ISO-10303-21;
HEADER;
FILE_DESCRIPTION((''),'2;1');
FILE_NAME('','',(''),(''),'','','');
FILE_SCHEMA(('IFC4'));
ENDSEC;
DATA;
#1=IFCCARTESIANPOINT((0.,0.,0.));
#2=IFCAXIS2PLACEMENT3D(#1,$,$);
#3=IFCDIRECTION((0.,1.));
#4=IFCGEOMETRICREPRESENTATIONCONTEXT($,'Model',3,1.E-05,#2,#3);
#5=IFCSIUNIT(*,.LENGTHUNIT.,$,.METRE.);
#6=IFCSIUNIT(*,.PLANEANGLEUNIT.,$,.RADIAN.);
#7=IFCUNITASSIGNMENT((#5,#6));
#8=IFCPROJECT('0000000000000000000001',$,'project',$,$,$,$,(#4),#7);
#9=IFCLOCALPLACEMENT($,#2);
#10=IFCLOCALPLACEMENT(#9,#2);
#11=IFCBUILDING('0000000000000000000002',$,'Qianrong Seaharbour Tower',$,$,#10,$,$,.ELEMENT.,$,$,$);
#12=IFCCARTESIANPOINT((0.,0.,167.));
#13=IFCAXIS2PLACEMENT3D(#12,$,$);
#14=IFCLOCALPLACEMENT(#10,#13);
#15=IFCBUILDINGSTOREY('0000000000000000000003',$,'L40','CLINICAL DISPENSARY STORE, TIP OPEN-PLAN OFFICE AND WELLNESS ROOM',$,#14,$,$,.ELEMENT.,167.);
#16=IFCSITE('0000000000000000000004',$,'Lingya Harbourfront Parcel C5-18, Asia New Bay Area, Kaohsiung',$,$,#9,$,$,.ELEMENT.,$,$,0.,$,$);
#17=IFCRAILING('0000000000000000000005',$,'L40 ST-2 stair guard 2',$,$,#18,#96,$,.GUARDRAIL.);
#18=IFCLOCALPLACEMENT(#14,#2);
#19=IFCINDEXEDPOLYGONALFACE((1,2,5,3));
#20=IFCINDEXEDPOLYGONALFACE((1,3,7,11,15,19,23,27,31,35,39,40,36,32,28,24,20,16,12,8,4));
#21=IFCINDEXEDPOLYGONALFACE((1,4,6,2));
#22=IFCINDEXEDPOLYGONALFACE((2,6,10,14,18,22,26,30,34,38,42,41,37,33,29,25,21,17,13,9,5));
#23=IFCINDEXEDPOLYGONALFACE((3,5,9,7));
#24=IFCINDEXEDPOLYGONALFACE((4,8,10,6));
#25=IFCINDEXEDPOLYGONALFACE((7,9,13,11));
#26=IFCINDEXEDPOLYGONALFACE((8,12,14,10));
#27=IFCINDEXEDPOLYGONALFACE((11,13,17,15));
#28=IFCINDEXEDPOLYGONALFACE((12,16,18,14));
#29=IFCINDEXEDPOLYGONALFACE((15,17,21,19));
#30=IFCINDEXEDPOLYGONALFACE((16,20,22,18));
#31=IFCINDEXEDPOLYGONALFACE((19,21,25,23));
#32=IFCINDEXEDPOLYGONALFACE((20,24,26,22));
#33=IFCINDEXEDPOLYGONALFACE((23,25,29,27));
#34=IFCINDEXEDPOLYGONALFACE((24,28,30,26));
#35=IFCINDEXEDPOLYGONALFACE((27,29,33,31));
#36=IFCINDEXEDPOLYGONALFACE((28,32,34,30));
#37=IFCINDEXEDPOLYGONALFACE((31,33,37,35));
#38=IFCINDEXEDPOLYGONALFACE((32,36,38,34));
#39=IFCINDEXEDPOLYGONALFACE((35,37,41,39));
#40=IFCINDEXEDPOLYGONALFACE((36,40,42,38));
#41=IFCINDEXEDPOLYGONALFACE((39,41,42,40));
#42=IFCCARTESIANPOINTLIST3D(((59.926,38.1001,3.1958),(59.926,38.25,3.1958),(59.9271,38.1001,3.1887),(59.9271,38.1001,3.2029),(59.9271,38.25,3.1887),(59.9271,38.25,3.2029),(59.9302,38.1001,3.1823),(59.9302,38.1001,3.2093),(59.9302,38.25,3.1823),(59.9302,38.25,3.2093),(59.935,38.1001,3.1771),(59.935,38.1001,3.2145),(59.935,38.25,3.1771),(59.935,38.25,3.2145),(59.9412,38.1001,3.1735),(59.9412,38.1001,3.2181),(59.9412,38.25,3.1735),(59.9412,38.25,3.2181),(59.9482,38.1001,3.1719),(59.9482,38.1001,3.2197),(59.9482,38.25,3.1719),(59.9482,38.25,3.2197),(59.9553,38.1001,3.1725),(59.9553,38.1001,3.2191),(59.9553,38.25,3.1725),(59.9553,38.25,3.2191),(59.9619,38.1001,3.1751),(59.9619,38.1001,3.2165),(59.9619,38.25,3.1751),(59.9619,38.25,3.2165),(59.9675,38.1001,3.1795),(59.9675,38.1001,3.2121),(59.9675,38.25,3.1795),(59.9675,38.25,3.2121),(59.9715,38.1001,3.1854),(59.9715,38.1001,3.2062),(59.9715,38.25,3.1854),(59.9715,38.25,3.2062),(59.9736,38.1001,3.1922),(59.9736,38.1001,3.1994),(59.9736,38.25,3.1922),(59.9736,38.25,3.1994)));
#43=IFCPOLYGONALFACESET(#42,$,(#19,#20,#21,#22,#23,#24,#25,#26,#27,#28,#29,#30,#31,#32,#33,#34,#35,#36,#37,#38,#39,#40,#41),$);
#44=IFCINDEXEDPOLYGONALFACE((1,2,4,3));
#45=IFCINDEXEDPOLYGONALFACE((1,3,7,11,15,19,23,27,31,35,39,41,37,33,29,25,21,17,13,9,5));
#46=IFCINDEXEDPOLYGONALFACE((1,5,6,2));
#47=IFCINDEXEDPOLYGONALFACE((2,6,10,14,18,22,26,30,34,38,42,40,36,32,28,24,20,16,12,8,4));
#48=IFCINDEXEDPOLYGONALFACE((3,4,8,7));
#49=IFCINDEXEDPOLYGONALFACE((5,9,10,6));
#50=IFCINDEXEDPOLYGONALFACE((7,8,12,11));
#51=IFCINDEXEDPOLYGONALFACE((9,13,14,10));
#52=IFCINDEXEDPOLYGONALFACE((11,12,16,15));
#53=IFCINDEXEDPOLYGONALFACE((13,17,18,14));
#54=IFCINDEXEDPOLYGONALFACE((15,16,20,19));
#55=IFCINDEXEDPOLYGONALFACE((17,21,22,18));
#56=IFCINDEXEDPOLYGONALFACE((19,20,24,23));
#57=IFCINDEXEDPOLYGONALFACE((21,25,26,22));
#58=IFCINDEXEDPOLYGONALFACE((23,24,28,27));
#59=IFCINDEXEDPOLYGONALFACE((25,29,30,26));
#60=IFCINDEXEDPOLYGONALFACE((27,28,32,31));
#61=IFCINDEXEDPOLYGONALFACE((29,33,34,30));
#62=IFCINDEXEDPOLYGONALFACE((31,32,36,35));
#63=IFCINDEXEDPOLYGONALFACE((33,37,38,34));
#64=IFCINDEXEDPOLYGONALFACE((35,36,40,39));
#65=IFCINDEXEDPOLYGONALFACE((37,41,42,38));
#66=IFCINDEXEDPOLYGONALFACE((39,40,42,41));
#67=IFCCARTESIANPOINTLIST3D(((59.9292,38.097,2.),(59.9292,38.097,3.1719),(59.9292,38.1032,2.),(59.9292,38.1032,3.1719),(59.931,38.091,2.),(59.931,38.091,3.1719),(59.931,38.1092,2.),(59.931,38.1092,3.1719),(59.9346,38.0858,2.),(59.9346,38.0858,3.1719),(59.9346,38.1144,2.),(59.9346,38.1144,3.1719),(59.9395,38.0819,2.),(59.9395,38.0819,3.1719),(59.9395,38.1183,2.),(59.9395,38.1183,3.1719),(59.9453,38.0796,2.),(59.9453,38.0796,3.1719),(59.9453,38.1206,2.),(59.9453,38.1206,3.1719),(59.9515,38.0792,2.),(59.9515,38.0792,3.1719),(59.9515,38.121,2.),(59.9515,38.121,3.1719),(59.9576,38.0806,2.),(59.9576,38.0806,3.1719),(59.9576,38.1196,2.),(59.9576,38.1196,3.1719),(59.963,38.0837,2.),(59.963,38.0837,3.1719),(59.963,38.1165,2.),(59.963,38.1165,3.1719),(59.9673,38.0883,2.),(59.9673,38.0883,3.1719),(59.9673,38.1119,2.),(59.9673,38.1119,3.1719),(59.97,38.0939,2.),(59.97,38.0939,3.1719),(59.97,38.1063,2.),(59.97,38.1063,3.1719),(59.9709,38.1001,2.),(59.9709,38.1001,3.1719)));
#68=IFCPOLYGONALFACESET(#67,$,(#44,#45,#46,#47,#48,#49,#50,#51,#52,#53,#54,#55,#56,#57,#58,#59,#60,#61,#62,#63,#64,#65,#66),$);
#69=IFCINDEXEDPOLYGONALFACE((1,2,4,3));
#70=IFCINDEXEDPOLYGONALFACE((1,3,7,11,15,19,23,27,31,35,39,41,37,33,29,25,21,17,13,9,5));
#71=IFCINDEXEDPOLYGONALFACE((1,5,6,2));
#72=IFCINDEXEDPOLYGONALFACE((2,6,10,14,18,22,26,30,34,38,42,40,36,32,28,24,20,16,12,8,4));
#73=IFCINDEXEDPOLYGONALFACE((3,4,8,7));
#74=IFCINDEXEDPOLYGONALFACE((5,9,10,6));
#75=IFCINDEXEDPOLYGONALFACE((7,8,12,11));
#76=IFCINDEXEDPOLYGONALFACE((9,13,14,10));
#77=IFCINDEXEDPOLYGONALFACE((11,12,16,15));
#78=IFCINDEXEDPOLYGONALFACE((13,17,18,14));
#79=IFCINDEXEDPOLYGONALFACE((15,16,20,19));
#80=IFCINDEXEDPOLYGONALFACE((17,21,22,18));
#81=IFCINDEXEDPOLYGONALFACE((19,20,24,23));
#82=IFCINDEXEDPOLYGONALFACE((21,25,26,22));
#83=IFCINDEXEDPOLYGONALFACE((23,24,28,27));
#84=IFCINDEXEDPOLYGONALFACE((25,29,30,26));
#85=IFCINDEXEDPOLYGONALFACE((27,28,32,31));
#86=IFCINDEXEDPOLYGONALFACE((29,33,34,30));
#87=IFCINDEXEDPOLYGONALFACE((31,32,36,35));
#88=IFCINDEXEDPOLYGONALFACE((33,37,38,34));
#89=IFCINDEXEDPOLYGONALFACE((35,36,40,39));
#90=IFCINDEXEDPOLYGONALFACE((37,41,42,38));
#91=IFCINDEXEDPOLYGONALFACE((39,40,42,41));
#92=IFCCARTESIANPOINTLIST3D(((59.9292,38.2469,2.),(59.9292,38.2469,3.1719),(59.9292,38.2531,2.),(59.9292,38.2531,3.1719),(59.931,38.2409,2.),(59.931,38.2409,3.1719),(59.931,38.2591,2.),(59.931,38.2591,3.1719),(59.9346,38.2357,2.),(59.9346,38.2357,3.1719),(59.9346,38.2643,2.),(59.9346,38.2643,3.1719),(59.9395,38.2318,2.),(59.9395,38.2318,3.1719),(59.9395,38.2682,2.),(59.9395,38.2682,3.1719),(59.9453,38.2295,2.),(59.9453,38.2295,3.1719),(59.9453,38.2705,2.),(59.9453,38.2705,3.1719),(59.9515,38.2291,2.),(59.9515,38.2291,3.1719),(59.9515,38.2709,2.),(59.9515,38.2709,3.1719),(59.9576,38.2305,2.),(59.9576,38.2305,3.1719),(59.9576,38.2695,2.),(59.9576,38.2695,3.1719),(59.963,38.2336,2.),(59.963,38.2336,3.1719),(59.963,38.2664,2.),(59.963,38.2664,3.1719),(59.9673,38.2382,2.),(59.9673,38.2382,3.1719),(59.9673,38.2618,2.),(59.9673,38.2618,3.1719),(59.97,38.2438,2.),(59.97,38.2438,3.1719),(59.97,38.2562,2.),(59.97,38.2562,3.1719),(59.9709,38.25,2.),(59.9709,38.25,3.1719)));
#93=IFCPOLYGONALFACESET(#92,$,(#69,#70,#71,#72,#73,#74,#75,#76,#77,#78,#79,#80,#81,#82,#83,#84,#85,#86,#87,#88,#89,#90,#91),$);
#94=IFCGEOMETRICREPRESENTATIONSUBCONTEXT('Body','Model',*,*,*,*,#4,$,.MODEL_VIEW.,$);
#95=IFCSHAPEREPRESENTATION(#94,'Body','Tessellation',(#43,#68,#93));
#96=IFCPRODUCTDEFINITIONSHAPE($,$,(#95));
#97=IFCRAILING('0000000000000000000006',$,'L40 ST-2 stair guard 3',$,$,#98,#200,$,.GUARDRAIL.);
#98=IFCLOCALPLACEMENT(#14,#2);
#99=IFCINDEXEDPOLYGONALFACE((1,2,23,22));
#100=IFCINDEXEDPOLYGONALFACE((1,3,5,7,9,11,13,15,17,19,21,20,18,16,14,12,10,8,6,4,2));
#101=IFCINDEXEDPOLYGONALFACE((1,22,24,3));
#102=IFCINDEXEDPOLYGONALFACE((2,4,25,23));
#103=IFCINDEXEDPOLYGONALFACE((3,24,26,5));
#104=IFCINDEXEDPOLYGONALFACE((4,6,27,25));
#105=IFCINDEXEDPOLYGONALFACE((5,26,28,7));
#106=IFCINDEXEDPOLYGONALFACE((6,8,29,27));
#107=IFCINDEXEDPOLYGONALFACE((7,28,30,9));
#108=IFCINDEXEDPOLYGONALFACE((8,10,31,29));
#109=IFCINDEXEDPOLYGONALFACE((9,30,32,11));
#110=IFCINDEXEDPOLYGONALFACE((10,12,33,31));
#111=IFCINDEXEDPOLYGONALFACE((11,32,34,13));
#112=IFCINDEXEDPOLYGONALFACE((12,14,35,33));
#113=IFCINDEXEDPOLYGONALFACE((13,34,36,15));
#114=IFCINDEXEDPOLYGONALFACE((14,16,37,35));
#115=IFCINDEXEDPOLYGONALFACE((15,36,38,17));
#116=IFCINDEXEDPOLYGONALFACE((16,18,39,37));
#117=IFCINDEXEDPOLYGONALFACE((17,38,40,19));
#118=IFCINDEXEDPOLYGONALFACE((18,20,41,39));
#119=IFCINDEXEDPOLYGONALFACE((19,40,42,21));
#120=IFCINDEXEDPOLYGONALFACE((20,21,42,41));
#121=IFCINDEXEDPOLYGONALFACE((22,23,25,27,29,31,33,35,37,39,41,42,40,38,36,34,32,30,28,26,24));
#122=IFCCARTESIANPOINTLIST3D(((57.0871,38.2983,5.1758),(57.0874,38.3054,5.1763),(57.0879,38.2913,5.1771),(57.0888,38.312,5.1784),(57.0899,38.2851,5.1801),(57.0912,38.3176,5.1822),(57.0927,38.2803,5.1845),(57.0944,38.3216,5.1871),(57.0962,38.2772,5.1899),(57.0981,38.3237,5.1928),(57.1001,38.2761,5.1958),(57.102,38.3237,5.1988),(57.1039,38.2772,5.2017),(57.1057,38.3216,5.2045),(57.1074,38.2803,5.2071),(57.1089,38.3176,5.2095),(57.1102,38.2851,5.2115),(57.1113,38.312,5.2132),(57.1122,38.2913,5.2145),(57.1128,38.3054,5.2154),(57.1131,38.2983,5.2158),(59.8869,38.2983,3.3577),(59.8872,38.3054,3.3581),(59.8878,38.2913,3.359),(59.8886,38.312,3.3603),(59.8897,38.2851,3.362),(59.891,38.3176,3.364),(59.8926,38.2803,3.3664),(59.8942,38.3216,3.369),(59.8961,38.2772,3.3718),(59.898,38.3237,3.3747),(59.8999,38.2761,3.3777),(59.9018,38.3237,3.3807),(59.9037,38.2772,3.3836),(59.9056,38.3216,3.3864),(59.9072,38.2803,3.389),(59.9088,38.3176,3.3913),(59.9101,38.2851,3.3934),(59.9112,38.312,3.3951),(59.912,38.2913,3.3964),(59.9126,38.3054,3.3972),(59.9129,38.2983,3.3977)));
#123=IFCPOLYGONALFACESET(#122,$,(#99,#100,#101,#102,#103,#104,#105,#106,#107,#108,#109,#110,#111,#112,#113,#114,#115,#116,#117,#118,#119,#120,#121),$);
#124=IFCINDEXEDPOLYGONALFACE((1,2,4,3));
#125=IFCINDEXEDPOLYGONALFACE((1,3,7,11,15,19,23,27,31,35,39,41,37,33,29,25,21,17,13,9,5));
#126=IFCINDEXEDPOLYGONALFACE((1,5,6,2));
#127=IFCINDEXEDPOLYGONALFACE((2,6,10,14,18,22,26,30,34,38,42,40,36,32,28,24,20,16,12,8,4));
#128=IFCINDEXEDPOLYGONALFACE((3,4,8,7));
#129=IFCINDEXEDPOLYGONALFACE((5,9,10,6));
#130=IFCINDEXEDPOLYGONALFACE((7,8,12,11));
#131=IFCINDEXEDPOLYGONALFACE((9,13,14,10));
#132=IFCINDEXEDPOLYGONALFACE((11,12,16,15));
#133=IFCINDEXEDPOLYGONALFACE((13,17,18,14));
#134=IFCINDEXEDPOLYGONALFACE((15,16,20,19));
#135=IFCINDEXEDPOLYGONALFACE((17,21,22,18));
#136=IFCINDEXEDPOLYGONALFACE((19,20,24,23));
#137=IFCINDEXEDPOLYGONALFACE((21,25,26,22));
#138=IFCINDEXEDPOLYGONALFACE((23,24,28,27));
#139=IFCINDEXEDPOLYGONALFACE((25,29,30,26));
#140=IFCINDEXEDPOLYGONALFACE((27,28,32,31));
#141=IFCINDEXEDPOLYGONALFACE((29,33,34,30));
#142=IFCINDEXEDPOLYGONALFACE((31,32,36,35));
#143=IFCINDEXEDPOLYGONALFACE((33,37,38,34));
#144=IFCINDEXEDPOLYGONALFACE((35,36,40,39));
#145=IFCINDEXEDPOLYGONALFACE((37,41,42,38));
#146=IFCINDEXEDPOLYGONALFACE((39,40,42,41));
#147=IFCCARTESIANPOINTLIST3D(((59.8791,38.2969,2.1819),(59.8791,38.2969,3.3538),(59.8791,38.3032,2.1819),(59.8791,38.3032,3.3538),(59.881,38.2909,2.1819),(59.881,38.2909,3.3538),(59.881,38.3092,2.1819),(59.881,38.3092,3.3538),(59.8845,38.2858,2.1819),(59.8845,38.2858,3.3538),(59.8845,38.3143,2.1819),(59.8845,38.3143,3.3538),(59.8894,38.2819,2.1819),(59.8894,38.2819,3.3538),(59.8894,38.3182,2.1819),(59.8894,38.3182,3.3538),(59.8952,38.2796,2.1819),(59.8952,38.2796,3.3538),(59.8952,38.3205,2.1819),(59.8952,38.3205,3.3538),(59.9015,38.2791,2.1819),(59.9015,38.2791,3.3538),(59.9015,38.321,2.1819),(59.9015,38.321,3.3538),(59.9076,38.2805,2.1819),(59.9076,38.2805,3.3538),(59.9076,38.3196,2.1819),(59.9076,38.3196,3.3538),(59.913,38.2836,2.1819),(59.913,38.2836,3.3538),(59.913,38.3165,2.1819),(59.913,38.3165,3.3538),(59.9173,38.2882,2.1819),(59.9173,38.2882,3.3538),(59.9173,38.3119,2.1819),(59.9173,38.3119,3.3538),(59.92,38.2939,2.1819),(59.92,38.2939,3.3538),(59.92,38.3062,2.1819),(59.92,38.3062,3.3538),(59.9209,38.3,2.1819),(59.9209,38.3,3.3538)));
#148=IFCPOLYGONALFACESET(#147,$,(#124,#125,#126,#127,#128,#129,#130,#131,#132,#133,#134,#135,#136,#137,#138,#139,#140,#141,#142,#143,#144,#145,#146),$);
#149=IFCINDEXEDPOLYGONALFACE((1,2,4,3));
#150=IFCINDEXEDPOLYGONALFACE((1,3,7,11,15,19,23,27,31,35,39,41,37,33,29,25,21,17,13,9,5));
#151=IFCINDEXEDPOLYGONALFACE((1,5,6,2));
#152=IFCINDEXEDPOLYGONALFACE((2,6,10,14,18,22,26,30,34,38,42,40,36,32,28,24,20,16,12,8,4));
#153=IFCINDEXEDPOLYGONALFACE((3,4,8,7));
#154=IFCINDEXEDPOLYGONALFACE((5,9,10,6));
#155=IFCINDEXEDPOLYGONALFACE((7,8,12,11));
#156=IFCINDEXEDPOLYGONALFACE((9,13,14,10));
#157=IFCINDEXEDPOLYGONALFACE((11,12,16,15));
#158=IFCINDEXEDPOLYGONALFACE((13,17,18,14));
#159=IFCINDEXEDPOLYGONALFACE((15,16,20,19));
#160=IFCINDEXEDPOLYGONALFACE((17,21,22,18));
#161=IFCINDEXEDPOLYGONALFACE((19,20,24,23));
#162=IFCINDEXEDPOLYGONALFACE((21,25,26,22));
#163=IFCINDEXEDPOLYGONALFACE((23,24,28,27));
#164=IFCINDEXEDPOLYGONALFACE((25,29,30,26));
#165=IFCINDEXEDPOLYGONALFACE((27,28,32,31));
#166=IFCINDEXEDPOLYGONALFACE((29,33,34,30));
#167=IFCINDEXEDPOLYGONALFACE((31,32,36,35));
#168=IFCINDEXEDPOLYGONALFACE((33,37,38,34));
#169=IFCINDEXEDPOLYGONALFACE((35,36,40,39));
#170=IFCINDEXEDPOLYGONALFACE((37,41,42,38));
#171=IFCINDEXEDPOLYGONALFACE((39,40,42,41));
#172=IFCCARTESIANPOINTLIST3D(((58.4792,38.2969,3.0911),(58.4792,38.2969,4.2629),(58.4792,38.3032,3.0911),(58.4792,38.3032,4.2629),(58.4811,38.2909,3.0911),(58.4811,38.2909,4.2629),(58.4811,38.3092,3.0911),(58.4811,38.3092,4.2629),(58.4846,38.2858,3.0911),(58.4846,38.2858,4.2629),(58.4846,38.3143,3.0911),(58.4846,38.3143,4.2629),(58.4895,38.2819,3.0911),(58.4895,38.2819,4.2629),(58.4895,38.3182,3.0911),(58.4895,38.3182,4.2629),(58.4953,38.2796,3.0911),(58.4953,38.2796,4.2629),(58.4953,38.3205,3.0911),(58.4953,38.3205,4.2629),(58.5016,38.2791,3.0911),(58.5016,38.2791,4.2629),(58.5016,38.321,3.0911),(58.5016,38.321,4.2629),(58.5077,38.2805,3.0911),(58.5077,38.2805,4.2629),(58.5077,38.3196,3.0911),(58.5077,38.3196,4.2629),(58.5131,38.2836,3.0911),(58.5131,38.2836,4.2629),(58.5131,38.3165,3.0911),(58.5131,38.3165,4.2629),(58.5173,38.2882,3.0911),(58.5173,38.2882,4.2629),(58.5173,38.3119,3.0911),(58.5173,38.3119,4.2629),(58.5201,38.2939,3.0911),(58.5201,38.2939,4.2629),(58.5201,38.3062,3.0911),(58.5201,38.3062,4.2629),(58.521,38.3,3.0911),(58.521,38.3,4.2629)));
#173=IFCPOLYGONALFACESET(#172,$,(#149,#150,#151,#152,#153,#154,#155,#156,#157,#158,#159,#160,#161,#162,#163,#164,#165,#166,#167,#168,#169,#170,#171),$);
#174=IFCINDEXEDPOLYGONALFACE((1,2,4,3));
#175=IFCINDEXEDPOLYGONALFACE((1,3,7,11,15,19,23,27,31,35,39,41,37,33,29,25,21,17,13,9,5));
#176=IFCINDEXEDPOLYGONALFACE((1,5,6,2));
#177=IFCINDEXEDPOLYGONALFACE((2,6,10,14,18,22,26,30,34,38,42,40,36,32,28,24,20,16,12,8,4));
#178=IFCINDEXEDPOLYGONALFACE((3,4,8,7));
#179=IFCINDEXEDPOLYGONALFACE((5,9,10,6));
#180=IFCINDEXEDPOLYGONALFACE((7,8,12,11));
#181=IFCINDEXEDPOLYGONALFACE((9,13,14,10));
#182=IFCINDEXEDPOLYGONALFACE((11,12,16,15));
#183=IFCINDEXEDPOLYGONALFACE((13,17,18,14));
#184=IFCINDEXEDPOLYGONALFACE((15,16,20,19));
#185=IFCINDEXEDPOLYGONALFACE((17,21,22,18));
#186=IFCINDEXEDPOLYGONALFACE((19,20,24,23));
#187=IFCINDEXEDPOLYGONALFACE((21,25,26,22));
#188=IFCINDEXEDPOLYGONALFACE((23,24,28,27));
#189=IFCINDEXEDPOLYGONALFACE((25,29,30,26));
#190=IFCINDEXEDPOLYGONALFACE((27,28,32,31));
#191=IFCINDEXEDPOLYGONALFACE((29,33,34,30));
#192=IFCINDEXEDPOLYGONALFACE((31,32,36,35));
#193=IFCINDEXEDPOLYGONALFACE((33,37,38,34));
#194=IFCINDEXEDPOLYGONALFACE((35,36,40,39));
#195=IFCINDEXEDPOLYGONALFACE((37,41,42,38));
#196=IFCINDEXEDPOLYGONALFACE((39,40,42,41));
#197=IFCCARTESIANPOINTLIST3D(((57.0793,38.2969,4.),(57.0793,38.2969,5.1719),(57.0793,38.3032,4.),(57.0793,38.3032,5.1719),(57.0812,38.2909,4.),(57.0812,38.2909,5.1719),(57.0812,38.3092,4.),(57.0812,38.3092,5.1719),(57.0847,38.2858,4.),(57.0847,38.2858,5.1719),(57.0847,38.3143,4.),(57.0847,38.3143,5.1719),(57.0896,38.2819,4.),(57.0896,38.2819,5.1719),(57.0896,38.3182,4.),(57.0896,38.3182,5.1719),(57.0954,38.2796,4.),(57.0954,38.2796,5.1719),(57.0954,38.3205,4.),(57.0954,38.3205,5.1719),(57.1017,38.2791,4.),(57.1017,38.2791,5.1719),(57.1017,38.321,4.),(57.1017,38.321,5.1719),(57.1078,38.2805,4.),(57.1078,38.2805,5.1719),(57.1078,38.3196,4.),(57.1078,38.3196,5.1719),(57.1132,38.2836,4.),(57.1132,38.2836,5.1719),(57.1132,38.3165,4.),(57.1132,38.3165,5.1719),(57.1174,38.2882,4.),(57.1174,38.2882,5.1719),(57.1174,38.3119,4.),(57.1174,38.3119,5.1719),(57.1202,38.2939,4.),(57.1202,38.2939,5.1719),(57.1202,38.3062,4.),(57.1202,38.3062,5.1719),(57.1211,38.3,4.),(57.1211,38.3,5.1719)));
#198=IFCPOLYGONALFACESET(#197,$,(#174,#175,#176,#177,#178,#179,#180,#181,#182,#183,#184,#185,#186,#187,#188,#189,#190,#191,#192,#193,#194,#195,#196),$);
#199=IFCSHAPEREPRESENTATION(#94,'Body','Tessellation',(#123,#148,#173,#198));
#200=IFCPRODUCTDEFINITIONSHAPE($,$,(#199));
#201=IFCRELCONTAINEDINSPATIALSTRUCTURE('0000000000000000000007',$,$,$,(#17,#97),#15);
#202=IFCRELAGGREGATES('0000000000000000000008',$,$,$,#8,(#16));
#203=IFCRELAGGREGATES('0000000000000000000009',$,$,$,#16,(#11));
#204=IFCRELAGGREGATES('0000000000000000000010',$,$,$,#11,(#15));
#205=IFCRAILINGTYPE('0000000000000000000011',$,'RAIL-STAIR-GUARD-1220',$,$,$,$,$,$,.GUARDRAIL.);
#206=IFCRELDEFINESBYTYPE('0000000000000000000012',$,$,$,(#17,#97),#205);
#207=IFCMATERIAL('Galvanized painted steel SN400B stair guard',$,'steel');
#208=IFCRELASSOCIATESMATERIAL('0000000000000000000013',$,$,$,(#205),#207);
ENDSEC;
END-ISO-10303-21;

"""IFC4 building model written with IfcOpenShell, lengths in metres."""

from ifc_helpers import new_model, si_unit, direction, frame, origin, origin_2d, place, context, subcontext, project, spatial, circle, extrude, material, type_object, element, save


model = new_model("IFC4")

# Units and contexts
model_context = context("Model", 3, precision=1e-05, world=origin(), true_north=direction((0.0, 1.0)))
body_context = subcontext(model_context, "Body", "Model", "MODEL_VIEW")
ifc_project = project(units=[si_unit("LENGTHUNIT", "METRE"), si_unit("PLANEANGLEUNIT", "RADIAN")], contexts=[model_context])

# Site, building, storey
site_placement = place(None, origin())
site = spatial("IfcSite", under=ifc_project, at=site_placement, Name="Lingya Harbourfront Parcel C5-18, Asia New Bay Area, Kaohsiung", CompositionType="ELEMENT", RefElevation=0.0)
building_placement = place(site_placement, origin())
building = spatial("IfcBuilding", under=site, at=building_placement, Name="Qianrong Seaharbour Tower", CompositionType="ELEMENT")
storey_placement = place(building_placement, frame((0.0, 0.0, 167.0)))
storey = spatial("IfcBuildingStorey", under=building, at=storey_placement, Name="L40", Description="CLINICAL DISPENSARY STORE, TIP OPEN-PLAN OFFICE AND WELLNESS ROOM", CompositionType="ELEMENT", Elevation=167.0)

# Railings
ifc_material_1 = material(Name="Galvanized painted steel SN400B stair guard", Category="steel")
railing_type_1 = type_object("IfcRailingType", Name="RAIL-STAIR-GUARD-1220", PredefinedType="GUARDRAIL", material=ifc_material_1)
railing_1_placement = place(storey_placement, frame((59.95, 38.1001, 2.0)))
element("IfcRailing", 1, at=railing_1_placement, inside=storey, type_object=railing_type_1, Name="L40 ST-2 stair guard 2", PredefinedType="GUARDRAIL", context=body_context, shape_type="SweptSolid", body=[
    extrude(circle(Radius=0.0239, at=origin_2d()), frame((0.0, 0.0, 1.1958), z_axis=(0.0, 1.0, 0.0), x_axis=(-1.0, 0.0, 0.0)), (0.0, 0.0, 1.0), 0.1499),
    extrude(circle(Radius=0.021, at=origin_2d()), origin(), (0.0, 0.0, 1.0), 1.1719),
    extrude(circle(Radius=0.021, at=origin_2d()), frame((0.0, 0.1499, 0.0)), (0.0, 0.0, 1.0), 1.1719),
])
railing_2_placement = place(storey_placement, frame((59.8999, 38.3, 2.1819)))
element("IfcRailing", 2, at=railing_2_placement, inside=storey, type_object=railing_type_1, Name="L40 ST-2 stair guard 3", PredefinedType="GUARDRAIL", context=body_context, shape_type="SweptSolid", body=[
    extrude(circle(Radius=0.0239, at=origin_2d()), frame((0.0, 0.0, 1.1958), z_axis=(-0.838684, 0.0, 0.544618), x_axis=(0.0, -1.0, 0.0)), (0.0, 0.0, 1.0), 3.3384),
    extrude(circle(Radius=0.021, at=origin_2d()), origin(), (0.0, 0.0, 1.0), 1.1719),
    extrude(circle(Radius=0.021, at=origin_2d()), frame((-1.3999, 0.0, 0.9092)), (0.0, 0.0, 1.0), 1.1719),
    extrude(circle(Radius=0.021, at=origin_2d()), frame((-2.7998, 0.0, 1.8181)), (0.0, 0.0, 1.0), 1.1719),
])

save(model, "model.ifc")
